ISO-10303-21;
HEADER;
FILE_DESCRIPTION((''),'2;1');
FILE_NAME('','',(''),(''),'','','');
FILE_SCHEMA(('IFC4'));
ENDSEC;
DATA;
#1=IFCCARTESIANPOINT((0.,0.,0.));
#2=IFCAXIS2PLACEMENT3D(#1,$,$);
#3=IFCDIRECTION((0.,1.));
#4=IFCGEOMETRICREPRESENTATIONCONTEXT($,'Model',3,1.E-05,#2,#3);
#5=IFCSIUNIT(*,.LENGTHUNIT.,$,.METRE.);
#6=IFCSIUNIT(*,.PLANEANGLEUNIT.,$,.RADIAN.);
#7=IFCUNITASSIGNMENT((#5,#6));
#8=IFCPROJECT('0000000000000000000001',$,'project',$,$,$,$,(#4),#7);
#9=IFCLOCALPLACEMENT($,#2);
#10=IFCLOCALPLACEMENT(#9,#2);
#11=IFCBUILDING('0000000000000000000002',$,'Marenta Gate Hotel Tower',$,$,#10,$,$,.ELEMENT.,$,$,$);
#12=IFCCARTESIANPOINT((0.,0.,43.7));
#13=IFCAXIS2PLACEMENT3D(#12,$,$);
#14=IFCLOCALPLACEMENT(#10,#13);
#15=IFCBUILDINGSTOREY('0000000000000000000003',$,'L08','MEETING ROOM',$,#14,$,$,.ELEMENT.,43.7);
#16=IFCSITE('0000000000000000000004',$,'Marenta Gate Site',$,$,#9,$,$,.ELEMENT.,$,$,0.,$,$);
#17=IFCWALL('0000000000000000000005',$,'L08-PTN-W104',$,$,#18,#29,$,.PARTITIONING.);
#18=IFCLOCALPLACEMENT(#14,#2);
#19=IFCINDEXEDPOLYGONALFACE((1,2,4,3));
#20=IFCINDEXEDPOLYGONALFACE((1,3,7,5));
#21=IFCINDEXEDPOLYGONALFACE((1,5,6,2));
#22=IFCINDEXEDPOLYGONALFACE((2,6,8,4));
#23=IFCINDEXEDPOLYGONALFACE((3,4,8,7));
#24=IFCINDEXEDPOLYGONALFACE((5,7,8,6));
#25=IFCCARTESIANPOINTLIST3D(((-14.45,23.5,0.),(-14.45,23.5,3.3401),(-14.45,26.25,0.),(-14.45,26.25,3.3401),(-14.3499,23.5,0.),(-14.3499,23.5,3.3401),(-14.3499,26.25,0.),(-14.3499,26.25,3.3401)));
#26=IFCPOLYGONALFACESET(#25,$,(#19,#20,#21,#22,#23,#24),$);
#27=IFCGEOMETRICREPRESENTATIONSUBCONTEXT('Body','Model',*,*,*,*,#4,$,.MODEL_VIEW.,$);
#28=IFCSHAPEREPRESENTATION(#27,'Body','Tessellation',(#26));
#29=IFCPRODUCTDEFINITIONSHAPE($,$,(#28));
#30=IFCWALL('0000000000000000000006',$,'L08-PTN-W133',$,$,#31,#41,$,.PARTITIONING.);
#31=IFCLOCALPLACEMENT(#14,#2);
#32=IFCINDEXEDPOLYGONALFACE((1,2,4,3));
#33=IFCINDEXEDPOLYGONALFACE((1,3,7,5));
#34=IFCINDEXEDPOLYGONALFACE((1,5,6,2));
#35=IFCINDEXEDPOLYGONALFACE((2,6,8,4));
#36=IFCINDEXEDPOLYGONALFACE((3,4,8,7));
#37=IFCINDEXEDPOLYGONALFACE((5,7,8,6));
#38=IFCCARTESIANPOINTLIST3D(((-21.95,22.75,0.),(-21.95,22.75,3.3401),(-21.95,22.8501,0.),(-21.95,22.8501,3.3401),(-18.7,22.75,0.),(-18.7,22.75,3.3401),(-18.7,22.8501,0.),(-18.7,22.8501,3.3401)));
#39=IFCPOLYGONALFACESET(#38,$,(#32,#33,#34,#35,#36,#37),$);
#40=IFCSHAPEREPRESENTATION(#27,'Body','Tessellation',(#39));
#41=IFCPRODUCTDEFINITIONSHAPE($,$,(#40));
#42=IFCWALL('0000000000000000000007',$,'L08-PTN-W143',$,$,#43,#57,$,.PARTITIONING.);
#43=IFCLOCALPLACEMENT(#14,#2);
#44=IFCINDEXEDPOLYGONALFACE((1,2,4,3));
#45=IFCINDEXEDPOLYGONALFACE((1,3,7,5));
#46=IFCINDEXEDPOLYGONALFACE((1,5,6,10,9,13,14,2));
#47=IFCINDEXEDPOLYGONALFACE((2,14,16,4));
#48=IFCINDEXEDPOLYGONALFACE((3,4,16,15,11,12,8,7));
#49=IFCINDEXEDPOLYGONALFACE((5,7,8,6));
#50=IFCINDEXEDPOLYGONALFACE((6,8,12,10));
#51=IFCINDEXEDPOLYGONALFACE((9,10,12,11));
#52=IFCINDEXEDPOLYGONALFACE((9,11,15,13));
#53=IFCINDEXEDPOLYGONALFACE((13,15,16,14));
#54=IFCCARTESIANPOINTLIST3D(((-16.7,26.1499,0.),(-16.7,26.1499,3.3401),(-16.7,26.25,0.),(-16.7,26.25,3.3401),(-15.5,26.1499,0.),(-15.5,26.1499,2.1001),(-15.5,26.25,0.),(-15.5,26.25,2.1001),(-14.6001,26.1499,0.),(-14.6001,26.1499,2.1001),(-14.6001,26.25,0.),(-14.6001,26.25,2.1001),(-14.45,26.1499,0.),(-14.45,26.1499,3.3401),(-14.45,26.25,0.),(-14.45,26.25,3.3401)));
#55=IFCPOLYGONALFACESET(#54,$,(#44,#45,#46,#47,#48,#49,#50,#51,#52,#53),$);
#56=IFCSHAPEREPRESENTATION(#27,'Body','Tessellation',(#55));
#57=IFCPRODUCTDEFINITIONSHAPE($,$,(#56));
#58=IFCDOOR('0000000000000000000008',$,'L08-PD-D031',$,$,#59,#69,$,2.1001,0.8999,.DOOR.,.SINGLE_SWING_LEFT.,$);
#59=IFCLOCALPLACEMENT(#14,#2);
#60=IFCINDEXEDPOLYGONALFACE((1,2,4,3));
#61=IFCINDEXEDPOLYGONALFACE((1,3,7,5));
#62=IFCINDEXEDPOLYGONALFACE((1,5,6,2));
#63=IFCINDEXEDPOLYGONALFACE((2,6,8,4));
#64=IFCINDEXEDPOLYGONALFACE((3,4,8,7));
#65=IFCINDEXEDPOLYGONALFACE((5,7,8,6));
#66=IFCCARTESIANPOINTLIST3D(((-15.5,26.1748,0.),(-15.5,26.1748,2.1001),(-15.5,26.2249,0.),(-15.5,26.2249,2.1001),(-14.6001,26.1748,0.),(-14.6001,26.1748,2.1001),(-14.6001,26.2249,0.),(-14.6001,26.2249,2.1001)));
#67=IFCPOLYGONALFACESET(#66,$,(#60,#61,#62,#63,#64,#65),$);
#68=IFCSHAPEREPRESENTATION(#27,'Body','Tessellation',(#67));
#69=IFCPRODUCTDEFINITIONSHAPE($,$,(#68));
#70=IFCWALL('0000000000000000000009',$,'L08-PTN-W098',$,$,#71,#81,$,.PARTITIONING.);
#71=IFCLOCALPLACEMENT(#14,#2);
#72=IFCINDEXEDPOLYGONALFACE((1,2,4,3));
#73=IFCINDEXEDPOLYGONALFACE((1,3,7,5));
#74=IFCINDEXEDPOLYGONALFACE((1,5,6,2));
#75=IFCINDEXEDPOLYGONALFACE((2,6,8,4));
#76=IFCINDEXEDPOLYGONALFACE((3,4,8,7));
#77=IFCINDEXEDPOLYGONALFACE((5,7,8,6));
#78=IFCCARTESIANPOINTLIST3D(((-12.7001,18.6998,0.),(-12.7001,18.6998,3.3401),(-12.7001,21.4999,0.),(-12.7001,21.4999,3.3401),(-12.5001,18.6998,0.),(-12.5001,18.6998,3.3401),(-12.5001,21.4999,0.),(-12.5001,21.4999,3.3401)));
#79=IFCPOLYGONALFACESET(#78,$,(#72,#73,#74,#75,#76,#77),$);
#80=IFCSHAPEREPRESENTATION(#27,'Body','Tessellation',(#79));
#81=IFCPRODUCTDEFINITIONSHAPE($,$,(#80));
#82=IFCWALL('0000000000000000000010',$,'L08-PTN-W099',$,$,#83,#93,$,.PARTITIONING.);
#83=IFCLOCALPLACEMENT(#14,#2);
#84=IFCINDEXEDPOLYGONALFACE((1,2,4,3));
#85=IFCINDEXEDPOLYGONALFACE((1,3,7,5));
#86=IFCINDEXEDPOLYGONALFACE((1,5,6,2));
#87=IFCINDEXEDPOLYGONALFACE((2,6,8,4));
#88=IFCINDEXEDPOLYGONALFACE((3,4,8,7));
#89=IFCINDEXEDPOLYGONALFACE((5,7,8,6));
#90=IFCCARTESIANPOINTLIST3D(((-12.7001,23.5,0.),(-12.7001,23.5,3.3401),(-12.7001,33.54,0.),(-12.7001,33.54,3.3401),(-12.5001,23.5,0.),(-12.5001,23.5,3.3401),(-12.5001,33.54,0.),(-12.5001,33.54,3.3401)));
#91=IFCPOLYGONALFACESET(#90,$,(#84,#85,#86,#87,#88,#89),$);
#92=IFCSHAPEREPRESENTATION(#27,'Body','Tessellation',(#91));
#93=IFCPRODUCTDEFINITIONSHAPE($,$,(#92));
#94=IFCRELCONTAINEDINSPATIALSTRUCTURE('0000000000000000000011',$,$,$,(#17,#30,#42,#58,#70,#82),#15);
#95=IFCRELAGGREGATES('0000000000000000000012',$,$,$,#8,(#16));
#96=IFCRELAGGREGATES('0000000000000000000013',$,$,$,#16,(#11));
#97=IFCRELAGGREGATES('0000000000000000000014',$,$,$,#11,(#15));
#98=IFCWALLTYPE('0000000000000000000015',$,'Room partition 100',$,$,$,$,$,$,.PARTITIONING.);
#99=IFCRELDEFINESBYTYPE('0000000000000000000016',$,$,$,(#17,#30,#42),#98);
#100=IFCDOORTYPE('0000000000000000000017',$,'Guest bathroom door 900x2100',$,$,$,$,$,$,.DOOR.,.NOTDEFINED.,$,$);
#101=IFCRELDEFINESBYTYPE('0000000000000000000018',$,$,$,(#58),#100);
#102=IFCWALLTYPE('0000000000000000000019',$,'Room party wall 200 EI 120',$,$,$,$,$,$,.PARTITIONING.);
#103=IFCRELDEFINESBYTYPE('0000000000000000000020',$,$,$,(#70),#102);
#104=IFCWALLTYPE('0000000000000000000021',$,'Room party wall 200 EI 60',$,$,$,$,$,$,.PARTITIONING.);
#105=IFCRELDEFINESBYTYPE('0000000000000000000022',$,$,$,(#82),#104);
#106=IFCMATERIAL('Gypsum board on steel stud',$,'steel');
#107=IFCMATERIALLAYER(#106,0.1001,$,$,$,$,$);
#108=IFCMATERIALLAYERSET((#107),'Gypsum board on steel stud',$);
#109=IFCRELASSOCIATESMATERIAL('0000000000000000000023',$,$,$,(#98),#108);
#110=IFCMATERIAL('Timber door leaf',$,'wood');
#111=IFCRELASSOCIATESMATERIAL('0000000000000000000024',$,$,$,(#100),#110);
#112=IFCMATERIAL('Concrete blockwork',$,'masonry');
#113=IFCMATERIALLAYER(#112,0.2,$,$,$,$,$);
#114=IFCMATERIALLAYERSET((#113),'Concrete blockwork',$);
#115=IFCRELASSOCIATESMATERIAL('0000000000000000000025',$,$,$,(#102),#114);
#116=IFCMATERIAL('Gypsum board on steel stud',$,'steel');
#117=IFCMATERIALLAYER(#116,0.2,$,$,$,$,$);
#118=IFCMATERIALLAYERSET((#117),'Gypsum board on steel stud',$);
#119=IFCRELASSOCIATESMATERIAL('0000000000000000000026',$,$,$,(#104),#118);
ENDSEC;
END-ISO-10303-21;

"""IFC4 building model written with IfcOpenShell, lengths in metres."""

from ifc_helpers import new_model, si_unit, direction, frame, frame_2d, origin, place, context, subcontext, project, spatial, rectangle, extrude, material, layer, layer_set, type_object, element, fill, save


model = new_model("IFC4")

# Units and contexts
model_context = context("Model", 3, precision=1e-05, world=origin(), true_north=direction((0.0, 1.0)))
body_context = subcontext(model_context, "Body", "Model", "MODEL_VIEW")
ifc_project = project(units=[si_unit("LENGTHUNIT", "METRE"), si_unit("PLANEANGLEUNIT", "RADIAN")], contexts=[model_context])

# Site, building, storey
site_placement = place(None, origin())
site = spatial("IfcSite", under=ifc_project, at=site_placement, Name="Marenta Gate Site", CompositionType="ELEMENT", RefElevation=0.0)
building_placement = place(site_placement, origin())
building = spatial("IfcBuilding", under=site, at=building_placement, Name="Marenta Gate Hotel Tower", CompositionType="ELEMENT")
storey_placement = place(building_placement, frame((0.0, 0.0, 43.7)))
storey = spatial("IfcBuildingStorey", under=building, at=storey_placement, Name="L08", Description="MEETING ROOM", CompositionType="ELEMENT", Elevation=43.7)

# Walls
ifc_material_1 = material(Name="Gypsum board on steel stud", Category="steel")
ifc_layer_1 = layer(ifc_material_1, 0.1001)
ifc_layer_set_1 = layer_set([ifc_layer_1], Name="Gypsum board on steel stud")
wall_type_1 = type_object("IfcWallType", Name="Room partition 100", PredefinedType="PARTITIONING", material=ifc_layer_set_1)
wall_1_placement = place(storey_placement, frame((-14.3999, 23.5, 0.0), z_axis=(0.0, 0.0, 1.0), x_axis=(0.0, 1.0, 0.0)))
element("IfcWall", 1, at=wall_1_placement, inside=storey, type_object=wall_type_1, Name="L08-PTN-W104", PredefinedType="PARTITIONING", context=body_context, shape_type="SweptSolid", body=[
    extrude(rectangle(XDim=2.75, YDim=0.1001, at=frame_2d((1.375, 0.0))), origin(), (0.0, 0.0, 1.0), 3.3401),
])
wall_2_placement = place(storey_placement, frame((-21.95, 22.8, 0.0), z_axis=(0.0, 0.0, 1.0), x_axis=(1.0, 0.0, 0.0)))
element("IfcWall", 2, at=wall_2_placement, inside=storey, type_object=wall_type_1, Name="L08-PTN-W133", PredefinedType="PARTITIONING", context=body_context, shape_type="SweptSolid", body=[
    extrude(rectangle(XDim=3.25, YDim=0.1001, at=frame_2d((1.625, 0.0))), origin(), (0.0, 0.0, 1.0), 3.3401),
])

# Wall, opening, door
wall_3_placement = place(storey_placement, frame((-16.7, 26.2, 0.0), z_axis=(0.0, 0.0, 1.0), x_axis=(1.0, 0.0, 0.0)))
wall_3 = element("IfcWall", 3, at=wall_3_placement, inside=storey, type_object=wall_type_1, Name="L08-PTN-W143", PredefinedType="PARTITIONING", context=body_context, shape_type="SweptSolid", body=[
    extrude(rectangle(XDim=2.25, YDim=0.1001, at=frame_2d((1.125, 0.0))), origin(), (0.0, 0.0, 1.0), 3.3401),
])
opening_1_placement = place(wall_3_placement, frame((1.2, 0.0, 0.0)))
opening_1 = element("IfcOpeningElement", 4, at=opening_1_placement, cuts=wall_3, PredefinedType="OPENING", context=body_context, shape_type="SweptSolid", body=[
    extrude(rectangle(XDim=0.8999, YDim=2.1001, at=frame_2d((0.45, 1.05))), frame((0.0, 0.05, 0.0), z_axis=(0.0, -1.0, 0.0), x_axis=(1.0, 0.0, 0.0)), (0.0, 0.0, 1.0), 0.1001),
])
ifc_material_2 = material(Name="Timber door leaf", Category="wood")
door_type_1 = type_object("IfcDoorType", Name="Guest bathroom door 900x2100", OperationType="NOTDEFINED", PredefinedType="DOOR", material=ifc_material_2)
door_1_placement = place(opening_1_placement, origin())
door_1 = element("IfcDoor", 5, at=door_1_placement, inside=storey, type_object=door_type_1, Name="L08-PD-D031", OperationType="SINGLE_SWING_LEFT", OverallHeight=2.1001, OverallWidth=0.8999, PredefinedType="DOOR", context=body_context, shape_type="SweptSolid", body=[
    extrude(rectangle(XDim=0.8999, YDim=2.1001, at=frame_2d((0.45, 1.05))), frame((0.0, 0.0249, 0.0), z_axis=(0.0, -1.0, 0.0), x_axis=(1.0, 0.0, 0.0)), (0.0, 0.0, 1.0), 0.05),
])
fill(opening_1, door_1)

# Walls
ifc_material_3 = material(Name="Concrete blockwork", Category="masonry")
ifc_layer_2 = layer(ifc_material_3, 0.2)
ifc_layer_set_2 = layer_set([ifc_layer_2], Name="Concrete blockwork")
wall_type_2 = type_object("IfcWallType", Name="Room party wall 200 EI 120", PredefinedType="PARTITIONING", material=ifc_layer_set_2)
wall_4_placement = place(storey_placement, frame((-12.6001, 18.7, 0.0), z_axis=(0.0, 0.0, 1.0), x_axis=(0.0, 1.0, 0.0)))
element("IfcWall", 6, at=wall_4_placement, inside=storey, type_object=wall_type_2, Name="L08-PTN-W098", PredefinedType="PARTITIONING", context=body_context, shape_type="SweptSolid", body=[
    extrude(rectangle(XDim=2.8, YDim=0.2, at=frame_2d((1.3999, 0.0))), origin(), (0.0, 0.0, 1.0), 3.3401),
])
ifc_material_4 = material(Name="Gypsum board on steel stud", Category="steel")
ifc_layer_3 = layer(ifc_material_4, 0.2)
ifc_layer_set_3 = layer_set([ifc_layer_3], Name="Gypsum board on steel stud")
wall_type_3 = type_object("IfcWallType", Name="Room party wall 200 EI 60", PredefinedType="PARTITIONING", material=ifc_layer_set_3)
wall_5_placement = place(storey_placement, frame((-12.6001, 23.5, 0.0), z_axis=(0.0, 0.0, 1.0), x_axis=(0.0, 1.0, 0.0)))
element("IfcWall", 7, at=wall_5_placement, inside=storey, type_object=wall_type_3, Name="L08-PTN-W099", PredefinedType="PARTITIONING", context=body_context, shape_type="SweptSolid", body=[
    extrude(rectangle(XDim=10.04, YDim=0.2, at=frame_2d((5.02, 0.0))), origin(), (0.0, 0.0, 1.0), 3.3401),
])

save(model, "model.ifc")
